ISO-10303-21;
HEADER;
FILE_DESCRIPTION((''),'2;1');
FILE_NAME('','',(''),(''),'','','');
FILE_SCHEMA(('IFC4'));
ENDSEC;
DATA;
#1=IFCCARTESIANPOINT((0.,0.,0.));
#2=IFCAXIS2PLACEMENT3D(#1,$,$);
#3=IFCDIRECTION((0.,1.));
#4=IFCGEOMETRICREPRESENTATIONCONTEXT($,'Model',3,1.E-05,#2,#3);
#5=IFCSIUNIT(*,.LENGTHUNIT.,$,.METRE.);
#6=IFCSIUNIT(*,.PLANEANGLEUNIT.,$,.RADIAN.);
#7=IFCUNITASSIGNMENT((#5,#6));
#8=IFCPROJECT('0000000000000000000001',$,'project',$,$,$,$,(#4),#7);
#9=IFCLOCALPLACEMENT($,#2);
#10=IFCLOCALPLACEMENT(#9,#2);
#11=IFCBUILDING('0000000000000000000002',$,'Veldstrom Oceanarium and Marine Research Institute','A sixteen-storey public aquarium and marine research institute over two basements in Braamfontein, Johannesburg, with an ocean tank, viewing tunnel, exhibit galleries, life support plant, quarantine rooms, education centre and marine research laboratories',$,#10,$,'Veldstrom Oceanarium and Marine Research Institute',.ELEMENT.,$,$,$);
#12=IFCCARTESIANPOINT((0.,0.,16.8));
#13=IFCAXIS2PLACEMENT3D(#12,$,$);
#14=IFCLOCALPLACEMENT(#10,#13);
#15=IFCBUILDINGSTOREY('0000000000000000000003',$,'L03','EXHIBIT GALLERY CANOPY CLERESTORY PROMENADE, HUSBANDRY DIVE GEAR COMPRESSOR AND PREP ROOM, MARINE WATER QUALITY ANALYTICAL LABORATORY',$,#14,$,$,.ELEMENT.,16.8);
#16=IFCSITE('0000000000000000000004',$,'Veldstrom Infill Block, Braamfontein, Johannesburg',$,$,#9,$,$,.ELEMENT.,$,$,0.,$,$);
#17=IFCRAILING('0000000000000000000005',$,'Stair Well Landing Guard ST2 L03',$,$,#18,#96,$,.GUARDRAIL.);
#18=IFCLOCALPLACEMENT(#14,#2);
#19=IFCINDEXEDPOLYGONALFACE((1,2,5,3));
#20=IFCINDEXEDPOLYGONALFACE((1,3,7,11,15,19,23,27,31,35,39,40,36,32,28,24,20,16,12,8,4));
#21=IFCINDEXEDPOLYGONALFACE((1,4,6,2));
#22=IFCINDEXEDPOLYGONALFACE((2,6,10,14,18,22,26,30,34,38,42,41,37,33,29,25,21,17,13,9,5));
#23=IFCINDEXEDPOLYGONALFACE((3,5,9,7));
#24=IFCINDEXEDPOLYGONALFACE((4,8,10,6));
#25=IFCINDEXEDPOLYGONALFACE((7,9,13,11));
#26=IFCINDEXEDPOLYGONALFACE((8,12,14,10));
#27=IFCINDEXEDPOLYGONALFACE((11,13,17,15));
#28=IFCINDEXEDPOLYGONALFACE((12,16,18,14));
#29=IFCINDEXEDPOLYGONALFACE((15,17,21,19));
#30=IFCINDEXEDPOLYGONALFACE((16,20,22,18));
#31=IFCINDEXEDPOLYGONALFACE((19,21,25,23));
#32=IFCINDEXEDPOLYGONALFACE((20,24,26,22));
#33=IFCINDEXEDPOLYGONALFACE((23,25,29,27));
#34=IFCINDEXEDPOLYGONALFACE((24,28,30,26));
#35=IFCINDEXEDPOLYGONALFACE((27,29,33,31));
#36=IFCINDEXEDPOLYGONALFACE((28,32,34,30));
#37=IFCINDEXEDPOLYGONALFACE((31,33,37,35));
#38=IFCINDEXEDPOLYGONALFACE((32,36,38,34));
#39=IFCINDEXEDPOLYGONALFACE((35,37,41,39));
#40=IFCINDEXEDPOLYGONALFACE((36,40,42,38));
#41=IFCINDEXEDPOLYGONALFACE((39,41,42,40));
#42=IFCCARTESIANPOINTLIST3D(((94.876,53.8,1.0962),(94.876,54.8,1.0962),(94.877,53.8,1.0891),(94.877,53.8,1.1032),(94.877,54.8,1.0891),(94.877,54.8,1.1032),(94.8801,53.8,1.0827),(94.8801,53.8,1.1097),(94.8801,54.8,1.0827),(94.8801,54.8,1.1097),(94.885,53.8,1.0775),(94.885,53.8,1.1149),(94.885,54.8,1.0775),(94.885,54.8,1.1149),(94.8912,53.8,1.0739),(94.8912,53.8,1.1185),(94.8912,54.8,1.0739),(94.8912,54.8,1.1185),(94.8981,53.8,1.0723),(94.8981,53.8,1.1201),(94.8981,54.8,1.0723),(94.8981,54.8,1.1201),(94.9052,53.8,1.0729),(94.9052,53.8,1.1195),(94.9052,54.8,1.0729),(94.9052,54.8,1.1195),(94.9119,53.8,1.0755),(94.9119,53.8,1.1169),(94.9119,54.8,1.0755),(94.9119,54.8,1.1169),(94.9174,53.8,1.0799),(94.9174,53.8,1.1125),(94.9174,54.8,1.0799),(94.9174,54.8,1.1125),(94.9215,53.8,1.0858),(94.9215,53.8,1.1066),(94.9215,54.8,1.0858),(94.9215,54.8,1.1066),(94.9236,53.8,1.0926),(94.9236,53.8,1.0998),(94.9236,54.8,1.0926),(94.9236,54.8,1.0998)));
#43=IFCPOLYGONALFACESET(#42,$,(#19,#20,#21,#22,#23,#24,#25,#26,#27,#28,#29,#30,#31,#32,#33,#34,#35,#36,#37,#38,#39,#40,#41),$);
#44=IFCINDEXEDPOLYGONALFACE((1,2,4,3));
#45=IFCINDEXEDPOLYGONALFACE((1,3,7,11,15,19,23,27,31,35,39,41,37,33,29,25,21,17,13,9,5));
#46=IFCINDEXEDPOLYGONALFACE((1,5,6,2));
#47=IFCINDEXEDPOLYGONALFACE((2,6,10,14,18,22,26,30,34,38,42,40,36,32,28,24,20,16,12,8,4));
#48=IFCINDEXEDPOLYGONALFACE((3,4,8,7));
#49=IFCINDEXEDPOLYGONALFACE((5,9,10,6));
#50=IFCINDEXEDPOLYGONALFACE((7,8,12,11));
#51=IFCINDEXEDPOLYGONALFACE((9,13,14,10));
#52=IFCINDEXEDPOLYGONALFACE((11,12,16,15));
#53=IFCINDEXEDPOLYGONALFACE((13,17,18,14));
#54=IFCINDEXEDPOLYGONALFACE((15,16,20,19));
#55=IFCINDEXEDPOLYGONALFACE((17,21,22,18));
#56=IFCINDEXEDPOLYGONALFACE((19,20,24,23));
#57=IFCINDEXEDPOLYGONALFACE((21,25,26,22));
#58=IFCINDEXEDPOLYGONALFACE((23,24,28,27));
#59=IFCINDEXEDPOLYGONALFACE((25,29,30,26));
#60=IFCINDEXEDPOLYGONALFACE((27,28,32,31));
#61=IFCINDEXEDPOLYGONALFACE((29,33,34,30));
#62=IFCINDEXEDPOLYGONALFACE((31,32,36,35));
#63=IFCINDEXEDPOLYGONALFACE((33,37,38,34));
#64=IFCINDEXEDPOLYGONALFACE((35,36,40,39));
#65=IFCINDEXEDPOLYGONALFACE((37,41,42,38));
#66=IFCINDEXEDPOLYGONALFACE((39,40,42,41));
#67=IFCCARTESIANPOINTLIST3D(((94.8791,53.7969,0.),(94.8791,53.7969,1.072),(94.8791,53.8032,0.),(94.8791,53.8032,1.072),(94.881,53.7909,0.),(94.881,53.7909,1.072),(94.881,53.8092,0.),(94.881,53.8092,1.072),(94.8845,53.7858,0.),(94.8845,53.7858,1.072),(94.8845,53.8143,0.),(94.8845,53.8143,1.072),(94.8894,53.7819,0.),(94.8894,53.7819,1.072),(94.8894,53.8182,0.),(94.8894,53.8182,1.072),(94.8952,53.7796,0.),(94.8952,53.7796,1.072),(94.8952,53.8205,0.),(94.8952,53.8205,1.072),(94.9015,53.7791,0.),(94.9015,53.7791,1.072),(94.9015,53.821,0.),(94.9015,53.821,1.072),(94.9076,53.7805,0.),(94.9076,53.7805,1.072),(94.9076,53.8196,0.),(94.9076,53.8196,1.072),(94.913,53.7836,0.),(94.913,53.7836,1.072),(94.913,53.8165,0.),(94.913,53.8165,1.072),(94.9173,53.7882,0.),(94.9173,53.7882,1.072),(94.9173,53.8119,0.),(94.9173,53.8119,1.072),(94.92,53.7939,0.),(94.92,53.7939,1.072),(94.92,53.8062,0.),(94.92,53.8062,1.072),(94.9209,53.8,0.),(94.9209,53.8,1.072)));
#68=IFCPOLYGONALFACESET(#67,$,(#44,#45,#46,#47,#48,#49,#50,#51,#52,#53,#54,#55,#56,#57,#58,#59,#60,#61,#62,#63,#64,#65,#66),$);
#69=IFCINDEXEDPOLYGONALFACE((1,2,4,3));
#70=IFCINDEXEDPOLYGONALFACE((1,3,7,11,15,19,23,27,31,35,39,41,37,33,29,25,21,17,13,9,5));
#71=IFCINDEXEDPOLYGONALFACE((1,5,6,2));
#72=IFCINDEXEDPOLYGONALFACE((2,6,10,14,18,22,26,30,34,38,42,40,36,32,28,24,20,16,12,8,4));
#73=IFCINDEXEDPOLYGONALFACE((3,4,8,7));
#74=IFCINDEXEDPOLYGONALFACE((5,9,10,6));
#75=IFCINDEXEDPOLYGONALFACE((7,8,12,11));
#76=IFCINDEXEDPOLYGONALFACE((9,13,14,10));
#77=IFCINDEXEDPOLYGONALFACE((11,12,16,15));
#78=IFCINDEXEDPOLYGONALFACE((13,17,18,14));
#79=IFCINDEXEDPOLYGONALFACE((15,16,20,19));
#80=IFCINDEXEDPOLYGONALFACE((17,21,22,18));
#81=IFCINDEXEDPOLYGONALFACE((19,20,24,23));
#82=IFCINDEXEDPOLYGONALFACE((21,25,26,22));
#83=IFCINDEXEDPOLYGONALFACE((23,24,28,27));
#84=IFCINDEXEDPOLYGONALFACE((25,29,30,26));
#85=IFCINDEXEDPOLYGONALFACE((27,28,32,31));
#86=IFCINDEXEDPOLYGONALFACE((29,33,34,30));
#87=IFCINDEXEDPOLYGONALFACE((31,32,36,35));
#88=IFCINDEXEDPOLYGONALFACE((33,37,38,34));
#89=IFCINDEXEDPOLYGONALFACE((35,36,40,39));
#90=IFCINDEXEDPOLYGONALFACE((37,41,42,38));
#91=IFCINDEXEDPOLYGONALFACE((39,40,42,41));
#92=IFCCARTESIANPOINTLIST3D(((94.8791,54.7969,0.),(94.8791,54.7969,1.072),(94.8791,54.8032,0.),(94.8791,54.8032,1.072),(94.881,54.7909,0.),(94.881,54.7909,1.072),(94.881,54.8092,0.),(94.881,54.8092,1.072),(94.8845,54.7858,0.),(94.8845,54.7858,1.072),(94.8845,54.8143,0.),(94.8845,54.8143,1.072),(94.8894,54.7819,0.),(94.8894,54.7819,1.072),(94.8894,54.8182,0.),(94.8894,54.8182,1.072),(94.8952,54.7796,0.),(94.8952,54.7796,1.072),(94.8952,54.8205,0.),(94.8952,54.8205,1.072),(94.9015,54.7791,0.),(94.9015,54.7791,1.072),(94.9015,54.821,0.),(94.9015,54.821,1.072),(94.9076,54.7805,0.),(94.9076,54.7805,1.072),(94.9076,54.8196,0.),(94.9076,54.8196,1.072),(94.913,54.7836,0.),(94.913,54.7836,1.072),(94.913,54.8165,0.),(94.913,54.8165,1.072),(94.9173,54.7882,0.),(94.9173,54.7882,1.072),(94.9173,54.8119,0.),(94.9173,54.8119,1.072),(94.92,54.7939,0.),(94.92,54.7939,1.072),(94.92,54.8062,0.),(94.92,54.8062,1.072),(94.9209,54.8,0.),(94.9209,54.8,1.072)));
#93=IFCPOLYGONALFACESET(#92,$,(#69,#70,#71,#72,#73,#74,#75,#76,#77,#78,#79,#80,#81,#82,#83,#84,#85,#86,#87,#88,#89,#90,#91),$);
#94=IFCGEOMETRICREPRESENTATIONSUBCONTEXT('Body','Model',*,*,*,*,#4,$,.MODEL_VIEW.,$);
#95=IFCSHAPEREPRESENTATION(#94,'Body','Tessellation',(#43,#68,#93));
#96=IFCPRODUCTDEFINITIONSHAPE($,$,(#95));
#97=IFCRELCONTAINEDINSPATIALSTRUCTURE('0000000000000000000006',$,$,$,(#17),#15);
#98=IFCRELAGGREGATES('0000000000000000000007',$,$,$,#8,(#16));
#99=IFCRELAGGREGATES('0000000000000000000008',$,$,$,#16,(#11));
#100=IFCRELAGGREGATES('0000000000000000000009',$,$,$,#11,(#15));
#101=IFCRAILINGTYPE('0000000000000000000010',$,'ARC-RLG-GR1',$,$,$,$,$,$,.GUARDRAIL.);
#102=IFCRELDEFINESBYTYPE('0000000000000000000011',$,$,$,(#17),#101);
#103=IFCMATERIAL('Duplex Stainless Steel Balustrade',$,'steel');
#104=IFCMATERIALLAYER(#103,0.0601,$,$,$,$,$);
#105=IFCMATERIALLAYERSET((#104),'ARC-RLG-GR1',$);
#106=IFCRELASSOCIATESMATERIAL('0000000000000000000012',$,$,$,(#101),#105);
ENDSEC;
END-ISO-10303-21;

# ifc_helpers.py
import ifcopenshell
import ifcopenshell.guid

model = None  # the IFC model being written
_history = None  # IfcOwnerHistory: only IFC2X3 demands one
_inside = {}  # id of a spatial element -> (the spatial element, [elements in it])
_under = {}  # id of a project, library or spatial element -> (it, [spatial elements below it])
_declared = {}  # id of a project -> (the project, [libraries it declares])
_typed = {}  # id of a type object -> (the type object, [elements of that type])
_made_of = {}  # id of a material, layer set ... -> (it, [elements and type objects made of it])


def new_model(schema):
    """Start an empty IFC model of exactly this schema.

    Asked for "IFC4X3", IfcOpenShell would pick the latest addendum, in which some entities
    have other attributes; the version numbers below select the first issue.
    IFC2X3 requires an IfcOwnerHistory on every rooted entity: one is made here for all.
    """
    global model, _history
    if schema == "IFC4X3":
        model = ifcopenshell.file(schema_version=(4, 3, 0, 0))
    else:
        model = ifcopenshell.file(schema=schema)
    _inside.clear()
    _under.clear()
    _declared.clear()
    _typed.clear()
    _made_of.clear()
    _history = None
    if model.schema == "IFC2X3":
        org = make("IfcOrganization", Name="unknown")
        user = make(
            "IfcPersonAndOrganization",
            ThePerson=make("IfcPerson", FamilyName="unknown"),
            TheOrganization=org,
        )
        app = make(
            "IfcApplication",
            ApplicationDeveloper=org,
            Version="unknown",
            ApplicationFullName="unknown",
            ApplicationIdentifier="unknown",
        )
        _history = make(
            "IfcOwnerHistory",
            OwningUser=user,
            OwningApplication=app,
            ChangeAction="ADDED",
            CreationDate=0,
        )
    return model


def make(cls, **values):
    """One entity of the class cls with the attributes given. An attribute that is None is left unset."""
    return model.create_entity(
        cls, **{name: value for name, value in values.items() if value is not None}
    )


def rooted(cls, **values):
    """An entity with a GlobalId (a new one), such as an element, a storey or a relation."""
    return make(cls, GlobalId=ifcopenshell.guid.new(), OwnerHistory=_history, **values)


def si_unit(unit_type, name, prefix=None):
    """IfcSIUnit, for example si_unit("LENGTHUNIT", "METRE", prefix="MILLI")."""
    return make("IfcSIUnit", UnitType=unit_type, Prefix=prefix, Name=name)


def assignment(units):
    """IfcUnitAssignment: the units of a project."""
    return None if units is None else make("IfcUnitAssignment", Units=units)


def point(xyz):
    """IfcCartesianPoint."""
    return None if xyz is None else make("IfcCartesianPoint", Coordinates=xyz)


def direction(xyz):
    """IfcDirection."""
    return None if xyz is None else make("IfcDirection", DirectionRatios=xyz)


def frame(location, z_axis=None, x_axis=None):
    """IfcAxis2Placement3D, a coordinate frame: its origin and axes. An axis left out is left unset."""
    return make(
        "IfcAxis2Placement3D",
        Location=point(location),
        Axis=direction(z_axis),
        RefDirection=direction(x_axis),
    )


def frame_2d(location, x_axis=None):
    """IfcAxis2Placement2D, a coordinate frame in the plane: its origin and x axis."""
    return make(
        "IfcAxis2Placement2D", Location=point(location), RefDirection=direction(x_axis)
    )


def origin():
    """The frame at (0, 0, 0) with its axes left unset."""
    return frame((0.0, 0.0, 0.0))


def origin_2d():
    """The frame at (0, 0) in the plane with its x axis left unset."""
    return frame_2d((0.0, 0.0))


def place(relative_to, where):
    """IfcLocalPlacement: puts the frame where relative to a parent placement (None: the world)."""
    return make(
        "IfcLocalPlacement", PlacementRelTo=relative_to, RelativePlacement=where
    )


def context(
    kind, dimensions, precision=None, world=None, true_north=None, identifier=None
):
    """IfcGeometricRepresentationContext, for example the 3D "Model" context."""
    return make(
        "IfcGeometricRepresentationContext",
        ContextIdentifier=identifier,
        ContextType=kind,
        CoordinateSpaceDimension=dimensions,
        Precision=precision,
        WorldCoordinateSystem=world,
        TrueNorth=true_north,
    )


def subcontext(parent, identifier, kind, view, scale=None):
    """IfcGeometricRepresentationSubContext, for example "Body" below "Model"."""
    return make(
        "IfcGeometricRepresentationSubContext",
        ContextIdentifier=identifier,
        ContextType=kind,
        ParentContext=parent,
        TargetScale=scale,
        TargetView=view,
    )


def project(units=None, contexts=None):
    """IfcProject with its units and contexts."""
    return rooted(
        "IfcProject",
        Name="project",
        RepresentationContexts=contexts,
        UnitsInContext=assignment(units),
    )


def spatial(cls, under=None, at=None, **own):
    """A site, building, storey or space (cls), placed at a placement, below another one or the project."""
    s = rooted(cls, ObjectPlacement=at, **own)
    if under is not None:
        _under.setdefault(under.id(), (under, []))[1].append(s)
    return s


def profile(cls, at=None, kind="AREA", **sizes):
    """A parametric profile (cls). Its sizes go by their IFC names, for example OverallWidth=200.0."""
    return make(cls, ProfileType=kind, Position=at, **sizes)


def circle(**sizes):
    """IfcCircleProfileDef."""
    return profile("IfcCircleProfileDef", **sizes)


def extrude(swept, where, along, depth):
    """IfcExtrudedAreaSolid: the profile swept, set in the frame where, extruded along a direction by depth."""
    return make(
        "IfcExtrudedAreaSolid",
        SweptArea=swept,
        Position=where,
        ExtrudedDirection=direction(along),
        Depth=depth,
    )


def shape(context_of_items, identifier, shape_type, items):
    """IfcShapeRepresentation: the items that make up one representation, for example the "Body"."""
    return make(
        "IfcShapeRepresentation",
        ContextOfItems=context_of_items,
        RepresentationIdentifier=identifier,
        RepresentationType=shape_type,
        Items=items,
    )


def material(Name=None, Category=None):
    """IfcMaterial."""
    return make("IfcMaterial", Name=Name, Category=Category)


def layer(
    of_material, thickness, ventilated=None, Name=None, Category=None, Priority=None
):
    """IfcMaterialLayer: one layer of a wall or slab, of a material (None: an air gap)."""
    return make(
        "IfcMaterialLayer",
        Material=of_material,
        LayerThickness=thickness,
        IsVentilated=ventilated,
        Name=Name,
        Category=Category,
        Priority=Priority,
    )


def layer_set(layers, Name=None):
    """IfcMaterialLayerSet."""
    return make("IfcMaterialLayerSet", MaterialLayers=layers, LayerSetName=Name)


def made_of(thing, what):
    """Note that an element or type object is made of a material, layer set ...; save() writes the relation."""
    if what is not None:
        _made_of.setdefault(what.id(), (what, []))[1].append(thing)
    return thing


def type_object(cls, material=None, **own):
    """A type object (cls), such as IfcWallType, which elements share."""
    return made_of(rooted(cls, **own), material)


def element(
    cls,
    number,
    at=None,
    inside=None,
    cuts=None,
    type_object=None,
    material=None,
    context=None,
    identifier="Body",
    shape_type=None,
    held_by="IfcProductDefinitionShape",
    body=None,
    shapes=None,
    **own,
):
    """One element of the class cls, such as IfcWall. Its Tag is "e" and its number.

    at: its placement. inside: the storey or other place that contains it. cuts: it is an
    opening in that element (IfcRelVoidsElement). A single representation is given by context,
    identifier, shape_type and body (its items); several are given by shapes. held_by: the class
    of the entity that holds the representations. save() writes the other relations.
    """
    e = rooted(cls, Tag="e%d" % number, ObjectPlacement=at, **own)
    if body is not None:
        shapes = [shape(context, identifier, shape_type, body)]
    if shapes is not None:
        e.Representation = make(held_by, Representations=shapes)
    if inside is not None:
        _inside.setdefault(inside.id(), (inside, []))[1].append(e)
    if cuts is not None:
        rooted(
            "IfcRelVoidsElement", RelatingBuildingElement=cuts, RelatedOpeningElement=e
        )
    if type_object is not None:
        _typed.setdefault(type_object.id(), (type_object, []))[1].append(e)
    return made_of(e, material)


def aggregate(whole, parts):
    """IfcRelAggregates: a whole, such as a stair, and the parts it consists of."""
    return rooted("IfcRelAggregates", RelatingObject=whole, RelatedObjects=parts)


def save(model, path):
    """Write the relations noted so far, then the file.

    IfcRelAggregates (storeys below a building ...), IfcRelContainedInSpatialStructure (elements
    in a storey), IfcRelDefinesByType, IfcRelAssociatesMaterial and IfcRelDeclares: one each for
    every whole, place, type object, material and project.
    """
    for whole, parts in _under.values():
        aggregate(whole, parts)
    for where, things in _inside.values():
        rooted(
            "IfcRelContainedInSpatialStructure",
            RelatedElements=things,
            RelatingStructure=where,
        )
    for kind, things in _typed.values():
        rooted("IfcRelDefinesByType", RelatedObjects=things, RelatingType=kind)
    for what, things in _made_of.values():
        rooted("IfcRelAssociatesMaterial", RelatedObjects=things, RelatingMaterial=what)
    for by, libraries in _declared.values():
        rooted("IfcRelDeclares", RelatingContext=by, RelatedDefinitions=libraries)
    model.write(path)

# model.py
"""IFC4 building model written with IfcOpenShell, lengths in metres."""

from ifc_helpers import new_model, si_unit, direction, frame, origin, origin_2d, place, context, subcontext, project, spatial, circle, extrude, material, layer, layer_set, type_object, element, save


model = new_model("IFC4")

# Units and contexts
model_context = context("Model", 3, precision=1e-05, world=origin(), true_north=direction((0.0, 1.0)))
body_context = subcontext(model_context, "Body", "Model", "MODEL_VIEW")
ifc_project = project(units=[si_unit("LENGTHUNIT", "METRE"), si_unit("PLANEANGLEUNIT", "RADIAN")], contexts=[model_context])

# Site, building, storey
site_placement = place(None, origin())
site = spatial("IfcSite", under=ifc_project, at=site_placement, Name="Veldstrom Infill Block, Braamfontein, Johannesburg", CompositionType="ELEMENT", RefElevation=0.0)
building_placement = place(site_placement, origin())
building = spatial("IfcBuilding", under=site, at=building_placement, Name="Veldstrom Oceanarium and Marine Research Institute", Description="A sixteen-storey public aquarium and marine research institute over two basements in Braamfontein, Johannesburg, with an ocean tank, viewing tunnel, exhibit galleries, life support plant, quarantine rooms, education centre and marine research laboratories", LongName="Veldstrom Oceanarium and Marine Research Institute", CompositionType="ELEMENT")
storey_placement = place(building_placement, frame((0.0, 0.0, 16.8)))
storey = spatial("IfcBuildingStorey", under=building, at=storey_placement, Name="L03", Description="EXHIBIT GALLERY CANOPY CLERESTORY PROMENADE, HUSBANDRY DIVE GEAR COMPRESSOR AND PREP ROOM, MARINE WATER QUALITY ANALYTICAL LABORATORY", CompositionType="ELEMENT", Elevation=16.8)

# Railing
ifc_material_1 = material(Name="Duplex Stainless Steel Balustrade", Category="steel")
ifc_layer_1 = layer(ifc_material_1, 0.0601)
ifc_layer_set_1 = layer_set([ifc_layer_1], Name="ARC-RLG-GR1")
railing_type_1 = type_object("IfcRailingType", Name="ARC-RLG-GR1", PredefinedType="GUARDRAIL", material=ifc_layer_set_1)
railing_1_placement = place(storey_placement, frame((94.8999, 53.8, 0.0)))
element("IfcRailing", 1, at=railing_1_placement, inside=storey, type_object=railing_type_1, Name="Stair Well Landing Guard ST2 L03", PredefinedType="GUARDRAIL", context=body_context, shape_type="SweptSolid", body=[
    extrude(circle(Radius=0.0239, at=origin_2d()), frame((0.0, 0.0, 1.0962), z_axis=(0.0, 1.0, 0.0), x_axis=(-1.0, 0.0, 0.0)), (0.0, 0.0, 1.0), 1.0),
    extrude(circle(Radius=0.021, at=origin_2d()), origin(), (0.0, 0.0, 1.0), 1.072),
    extrude(circle(Radius=0.021, at=origin_2d()), frame((0.0, 1.0, 0.0)), (0.0, 0.0, 1.0), 1.072),
])

save(model, "model.ifc")
